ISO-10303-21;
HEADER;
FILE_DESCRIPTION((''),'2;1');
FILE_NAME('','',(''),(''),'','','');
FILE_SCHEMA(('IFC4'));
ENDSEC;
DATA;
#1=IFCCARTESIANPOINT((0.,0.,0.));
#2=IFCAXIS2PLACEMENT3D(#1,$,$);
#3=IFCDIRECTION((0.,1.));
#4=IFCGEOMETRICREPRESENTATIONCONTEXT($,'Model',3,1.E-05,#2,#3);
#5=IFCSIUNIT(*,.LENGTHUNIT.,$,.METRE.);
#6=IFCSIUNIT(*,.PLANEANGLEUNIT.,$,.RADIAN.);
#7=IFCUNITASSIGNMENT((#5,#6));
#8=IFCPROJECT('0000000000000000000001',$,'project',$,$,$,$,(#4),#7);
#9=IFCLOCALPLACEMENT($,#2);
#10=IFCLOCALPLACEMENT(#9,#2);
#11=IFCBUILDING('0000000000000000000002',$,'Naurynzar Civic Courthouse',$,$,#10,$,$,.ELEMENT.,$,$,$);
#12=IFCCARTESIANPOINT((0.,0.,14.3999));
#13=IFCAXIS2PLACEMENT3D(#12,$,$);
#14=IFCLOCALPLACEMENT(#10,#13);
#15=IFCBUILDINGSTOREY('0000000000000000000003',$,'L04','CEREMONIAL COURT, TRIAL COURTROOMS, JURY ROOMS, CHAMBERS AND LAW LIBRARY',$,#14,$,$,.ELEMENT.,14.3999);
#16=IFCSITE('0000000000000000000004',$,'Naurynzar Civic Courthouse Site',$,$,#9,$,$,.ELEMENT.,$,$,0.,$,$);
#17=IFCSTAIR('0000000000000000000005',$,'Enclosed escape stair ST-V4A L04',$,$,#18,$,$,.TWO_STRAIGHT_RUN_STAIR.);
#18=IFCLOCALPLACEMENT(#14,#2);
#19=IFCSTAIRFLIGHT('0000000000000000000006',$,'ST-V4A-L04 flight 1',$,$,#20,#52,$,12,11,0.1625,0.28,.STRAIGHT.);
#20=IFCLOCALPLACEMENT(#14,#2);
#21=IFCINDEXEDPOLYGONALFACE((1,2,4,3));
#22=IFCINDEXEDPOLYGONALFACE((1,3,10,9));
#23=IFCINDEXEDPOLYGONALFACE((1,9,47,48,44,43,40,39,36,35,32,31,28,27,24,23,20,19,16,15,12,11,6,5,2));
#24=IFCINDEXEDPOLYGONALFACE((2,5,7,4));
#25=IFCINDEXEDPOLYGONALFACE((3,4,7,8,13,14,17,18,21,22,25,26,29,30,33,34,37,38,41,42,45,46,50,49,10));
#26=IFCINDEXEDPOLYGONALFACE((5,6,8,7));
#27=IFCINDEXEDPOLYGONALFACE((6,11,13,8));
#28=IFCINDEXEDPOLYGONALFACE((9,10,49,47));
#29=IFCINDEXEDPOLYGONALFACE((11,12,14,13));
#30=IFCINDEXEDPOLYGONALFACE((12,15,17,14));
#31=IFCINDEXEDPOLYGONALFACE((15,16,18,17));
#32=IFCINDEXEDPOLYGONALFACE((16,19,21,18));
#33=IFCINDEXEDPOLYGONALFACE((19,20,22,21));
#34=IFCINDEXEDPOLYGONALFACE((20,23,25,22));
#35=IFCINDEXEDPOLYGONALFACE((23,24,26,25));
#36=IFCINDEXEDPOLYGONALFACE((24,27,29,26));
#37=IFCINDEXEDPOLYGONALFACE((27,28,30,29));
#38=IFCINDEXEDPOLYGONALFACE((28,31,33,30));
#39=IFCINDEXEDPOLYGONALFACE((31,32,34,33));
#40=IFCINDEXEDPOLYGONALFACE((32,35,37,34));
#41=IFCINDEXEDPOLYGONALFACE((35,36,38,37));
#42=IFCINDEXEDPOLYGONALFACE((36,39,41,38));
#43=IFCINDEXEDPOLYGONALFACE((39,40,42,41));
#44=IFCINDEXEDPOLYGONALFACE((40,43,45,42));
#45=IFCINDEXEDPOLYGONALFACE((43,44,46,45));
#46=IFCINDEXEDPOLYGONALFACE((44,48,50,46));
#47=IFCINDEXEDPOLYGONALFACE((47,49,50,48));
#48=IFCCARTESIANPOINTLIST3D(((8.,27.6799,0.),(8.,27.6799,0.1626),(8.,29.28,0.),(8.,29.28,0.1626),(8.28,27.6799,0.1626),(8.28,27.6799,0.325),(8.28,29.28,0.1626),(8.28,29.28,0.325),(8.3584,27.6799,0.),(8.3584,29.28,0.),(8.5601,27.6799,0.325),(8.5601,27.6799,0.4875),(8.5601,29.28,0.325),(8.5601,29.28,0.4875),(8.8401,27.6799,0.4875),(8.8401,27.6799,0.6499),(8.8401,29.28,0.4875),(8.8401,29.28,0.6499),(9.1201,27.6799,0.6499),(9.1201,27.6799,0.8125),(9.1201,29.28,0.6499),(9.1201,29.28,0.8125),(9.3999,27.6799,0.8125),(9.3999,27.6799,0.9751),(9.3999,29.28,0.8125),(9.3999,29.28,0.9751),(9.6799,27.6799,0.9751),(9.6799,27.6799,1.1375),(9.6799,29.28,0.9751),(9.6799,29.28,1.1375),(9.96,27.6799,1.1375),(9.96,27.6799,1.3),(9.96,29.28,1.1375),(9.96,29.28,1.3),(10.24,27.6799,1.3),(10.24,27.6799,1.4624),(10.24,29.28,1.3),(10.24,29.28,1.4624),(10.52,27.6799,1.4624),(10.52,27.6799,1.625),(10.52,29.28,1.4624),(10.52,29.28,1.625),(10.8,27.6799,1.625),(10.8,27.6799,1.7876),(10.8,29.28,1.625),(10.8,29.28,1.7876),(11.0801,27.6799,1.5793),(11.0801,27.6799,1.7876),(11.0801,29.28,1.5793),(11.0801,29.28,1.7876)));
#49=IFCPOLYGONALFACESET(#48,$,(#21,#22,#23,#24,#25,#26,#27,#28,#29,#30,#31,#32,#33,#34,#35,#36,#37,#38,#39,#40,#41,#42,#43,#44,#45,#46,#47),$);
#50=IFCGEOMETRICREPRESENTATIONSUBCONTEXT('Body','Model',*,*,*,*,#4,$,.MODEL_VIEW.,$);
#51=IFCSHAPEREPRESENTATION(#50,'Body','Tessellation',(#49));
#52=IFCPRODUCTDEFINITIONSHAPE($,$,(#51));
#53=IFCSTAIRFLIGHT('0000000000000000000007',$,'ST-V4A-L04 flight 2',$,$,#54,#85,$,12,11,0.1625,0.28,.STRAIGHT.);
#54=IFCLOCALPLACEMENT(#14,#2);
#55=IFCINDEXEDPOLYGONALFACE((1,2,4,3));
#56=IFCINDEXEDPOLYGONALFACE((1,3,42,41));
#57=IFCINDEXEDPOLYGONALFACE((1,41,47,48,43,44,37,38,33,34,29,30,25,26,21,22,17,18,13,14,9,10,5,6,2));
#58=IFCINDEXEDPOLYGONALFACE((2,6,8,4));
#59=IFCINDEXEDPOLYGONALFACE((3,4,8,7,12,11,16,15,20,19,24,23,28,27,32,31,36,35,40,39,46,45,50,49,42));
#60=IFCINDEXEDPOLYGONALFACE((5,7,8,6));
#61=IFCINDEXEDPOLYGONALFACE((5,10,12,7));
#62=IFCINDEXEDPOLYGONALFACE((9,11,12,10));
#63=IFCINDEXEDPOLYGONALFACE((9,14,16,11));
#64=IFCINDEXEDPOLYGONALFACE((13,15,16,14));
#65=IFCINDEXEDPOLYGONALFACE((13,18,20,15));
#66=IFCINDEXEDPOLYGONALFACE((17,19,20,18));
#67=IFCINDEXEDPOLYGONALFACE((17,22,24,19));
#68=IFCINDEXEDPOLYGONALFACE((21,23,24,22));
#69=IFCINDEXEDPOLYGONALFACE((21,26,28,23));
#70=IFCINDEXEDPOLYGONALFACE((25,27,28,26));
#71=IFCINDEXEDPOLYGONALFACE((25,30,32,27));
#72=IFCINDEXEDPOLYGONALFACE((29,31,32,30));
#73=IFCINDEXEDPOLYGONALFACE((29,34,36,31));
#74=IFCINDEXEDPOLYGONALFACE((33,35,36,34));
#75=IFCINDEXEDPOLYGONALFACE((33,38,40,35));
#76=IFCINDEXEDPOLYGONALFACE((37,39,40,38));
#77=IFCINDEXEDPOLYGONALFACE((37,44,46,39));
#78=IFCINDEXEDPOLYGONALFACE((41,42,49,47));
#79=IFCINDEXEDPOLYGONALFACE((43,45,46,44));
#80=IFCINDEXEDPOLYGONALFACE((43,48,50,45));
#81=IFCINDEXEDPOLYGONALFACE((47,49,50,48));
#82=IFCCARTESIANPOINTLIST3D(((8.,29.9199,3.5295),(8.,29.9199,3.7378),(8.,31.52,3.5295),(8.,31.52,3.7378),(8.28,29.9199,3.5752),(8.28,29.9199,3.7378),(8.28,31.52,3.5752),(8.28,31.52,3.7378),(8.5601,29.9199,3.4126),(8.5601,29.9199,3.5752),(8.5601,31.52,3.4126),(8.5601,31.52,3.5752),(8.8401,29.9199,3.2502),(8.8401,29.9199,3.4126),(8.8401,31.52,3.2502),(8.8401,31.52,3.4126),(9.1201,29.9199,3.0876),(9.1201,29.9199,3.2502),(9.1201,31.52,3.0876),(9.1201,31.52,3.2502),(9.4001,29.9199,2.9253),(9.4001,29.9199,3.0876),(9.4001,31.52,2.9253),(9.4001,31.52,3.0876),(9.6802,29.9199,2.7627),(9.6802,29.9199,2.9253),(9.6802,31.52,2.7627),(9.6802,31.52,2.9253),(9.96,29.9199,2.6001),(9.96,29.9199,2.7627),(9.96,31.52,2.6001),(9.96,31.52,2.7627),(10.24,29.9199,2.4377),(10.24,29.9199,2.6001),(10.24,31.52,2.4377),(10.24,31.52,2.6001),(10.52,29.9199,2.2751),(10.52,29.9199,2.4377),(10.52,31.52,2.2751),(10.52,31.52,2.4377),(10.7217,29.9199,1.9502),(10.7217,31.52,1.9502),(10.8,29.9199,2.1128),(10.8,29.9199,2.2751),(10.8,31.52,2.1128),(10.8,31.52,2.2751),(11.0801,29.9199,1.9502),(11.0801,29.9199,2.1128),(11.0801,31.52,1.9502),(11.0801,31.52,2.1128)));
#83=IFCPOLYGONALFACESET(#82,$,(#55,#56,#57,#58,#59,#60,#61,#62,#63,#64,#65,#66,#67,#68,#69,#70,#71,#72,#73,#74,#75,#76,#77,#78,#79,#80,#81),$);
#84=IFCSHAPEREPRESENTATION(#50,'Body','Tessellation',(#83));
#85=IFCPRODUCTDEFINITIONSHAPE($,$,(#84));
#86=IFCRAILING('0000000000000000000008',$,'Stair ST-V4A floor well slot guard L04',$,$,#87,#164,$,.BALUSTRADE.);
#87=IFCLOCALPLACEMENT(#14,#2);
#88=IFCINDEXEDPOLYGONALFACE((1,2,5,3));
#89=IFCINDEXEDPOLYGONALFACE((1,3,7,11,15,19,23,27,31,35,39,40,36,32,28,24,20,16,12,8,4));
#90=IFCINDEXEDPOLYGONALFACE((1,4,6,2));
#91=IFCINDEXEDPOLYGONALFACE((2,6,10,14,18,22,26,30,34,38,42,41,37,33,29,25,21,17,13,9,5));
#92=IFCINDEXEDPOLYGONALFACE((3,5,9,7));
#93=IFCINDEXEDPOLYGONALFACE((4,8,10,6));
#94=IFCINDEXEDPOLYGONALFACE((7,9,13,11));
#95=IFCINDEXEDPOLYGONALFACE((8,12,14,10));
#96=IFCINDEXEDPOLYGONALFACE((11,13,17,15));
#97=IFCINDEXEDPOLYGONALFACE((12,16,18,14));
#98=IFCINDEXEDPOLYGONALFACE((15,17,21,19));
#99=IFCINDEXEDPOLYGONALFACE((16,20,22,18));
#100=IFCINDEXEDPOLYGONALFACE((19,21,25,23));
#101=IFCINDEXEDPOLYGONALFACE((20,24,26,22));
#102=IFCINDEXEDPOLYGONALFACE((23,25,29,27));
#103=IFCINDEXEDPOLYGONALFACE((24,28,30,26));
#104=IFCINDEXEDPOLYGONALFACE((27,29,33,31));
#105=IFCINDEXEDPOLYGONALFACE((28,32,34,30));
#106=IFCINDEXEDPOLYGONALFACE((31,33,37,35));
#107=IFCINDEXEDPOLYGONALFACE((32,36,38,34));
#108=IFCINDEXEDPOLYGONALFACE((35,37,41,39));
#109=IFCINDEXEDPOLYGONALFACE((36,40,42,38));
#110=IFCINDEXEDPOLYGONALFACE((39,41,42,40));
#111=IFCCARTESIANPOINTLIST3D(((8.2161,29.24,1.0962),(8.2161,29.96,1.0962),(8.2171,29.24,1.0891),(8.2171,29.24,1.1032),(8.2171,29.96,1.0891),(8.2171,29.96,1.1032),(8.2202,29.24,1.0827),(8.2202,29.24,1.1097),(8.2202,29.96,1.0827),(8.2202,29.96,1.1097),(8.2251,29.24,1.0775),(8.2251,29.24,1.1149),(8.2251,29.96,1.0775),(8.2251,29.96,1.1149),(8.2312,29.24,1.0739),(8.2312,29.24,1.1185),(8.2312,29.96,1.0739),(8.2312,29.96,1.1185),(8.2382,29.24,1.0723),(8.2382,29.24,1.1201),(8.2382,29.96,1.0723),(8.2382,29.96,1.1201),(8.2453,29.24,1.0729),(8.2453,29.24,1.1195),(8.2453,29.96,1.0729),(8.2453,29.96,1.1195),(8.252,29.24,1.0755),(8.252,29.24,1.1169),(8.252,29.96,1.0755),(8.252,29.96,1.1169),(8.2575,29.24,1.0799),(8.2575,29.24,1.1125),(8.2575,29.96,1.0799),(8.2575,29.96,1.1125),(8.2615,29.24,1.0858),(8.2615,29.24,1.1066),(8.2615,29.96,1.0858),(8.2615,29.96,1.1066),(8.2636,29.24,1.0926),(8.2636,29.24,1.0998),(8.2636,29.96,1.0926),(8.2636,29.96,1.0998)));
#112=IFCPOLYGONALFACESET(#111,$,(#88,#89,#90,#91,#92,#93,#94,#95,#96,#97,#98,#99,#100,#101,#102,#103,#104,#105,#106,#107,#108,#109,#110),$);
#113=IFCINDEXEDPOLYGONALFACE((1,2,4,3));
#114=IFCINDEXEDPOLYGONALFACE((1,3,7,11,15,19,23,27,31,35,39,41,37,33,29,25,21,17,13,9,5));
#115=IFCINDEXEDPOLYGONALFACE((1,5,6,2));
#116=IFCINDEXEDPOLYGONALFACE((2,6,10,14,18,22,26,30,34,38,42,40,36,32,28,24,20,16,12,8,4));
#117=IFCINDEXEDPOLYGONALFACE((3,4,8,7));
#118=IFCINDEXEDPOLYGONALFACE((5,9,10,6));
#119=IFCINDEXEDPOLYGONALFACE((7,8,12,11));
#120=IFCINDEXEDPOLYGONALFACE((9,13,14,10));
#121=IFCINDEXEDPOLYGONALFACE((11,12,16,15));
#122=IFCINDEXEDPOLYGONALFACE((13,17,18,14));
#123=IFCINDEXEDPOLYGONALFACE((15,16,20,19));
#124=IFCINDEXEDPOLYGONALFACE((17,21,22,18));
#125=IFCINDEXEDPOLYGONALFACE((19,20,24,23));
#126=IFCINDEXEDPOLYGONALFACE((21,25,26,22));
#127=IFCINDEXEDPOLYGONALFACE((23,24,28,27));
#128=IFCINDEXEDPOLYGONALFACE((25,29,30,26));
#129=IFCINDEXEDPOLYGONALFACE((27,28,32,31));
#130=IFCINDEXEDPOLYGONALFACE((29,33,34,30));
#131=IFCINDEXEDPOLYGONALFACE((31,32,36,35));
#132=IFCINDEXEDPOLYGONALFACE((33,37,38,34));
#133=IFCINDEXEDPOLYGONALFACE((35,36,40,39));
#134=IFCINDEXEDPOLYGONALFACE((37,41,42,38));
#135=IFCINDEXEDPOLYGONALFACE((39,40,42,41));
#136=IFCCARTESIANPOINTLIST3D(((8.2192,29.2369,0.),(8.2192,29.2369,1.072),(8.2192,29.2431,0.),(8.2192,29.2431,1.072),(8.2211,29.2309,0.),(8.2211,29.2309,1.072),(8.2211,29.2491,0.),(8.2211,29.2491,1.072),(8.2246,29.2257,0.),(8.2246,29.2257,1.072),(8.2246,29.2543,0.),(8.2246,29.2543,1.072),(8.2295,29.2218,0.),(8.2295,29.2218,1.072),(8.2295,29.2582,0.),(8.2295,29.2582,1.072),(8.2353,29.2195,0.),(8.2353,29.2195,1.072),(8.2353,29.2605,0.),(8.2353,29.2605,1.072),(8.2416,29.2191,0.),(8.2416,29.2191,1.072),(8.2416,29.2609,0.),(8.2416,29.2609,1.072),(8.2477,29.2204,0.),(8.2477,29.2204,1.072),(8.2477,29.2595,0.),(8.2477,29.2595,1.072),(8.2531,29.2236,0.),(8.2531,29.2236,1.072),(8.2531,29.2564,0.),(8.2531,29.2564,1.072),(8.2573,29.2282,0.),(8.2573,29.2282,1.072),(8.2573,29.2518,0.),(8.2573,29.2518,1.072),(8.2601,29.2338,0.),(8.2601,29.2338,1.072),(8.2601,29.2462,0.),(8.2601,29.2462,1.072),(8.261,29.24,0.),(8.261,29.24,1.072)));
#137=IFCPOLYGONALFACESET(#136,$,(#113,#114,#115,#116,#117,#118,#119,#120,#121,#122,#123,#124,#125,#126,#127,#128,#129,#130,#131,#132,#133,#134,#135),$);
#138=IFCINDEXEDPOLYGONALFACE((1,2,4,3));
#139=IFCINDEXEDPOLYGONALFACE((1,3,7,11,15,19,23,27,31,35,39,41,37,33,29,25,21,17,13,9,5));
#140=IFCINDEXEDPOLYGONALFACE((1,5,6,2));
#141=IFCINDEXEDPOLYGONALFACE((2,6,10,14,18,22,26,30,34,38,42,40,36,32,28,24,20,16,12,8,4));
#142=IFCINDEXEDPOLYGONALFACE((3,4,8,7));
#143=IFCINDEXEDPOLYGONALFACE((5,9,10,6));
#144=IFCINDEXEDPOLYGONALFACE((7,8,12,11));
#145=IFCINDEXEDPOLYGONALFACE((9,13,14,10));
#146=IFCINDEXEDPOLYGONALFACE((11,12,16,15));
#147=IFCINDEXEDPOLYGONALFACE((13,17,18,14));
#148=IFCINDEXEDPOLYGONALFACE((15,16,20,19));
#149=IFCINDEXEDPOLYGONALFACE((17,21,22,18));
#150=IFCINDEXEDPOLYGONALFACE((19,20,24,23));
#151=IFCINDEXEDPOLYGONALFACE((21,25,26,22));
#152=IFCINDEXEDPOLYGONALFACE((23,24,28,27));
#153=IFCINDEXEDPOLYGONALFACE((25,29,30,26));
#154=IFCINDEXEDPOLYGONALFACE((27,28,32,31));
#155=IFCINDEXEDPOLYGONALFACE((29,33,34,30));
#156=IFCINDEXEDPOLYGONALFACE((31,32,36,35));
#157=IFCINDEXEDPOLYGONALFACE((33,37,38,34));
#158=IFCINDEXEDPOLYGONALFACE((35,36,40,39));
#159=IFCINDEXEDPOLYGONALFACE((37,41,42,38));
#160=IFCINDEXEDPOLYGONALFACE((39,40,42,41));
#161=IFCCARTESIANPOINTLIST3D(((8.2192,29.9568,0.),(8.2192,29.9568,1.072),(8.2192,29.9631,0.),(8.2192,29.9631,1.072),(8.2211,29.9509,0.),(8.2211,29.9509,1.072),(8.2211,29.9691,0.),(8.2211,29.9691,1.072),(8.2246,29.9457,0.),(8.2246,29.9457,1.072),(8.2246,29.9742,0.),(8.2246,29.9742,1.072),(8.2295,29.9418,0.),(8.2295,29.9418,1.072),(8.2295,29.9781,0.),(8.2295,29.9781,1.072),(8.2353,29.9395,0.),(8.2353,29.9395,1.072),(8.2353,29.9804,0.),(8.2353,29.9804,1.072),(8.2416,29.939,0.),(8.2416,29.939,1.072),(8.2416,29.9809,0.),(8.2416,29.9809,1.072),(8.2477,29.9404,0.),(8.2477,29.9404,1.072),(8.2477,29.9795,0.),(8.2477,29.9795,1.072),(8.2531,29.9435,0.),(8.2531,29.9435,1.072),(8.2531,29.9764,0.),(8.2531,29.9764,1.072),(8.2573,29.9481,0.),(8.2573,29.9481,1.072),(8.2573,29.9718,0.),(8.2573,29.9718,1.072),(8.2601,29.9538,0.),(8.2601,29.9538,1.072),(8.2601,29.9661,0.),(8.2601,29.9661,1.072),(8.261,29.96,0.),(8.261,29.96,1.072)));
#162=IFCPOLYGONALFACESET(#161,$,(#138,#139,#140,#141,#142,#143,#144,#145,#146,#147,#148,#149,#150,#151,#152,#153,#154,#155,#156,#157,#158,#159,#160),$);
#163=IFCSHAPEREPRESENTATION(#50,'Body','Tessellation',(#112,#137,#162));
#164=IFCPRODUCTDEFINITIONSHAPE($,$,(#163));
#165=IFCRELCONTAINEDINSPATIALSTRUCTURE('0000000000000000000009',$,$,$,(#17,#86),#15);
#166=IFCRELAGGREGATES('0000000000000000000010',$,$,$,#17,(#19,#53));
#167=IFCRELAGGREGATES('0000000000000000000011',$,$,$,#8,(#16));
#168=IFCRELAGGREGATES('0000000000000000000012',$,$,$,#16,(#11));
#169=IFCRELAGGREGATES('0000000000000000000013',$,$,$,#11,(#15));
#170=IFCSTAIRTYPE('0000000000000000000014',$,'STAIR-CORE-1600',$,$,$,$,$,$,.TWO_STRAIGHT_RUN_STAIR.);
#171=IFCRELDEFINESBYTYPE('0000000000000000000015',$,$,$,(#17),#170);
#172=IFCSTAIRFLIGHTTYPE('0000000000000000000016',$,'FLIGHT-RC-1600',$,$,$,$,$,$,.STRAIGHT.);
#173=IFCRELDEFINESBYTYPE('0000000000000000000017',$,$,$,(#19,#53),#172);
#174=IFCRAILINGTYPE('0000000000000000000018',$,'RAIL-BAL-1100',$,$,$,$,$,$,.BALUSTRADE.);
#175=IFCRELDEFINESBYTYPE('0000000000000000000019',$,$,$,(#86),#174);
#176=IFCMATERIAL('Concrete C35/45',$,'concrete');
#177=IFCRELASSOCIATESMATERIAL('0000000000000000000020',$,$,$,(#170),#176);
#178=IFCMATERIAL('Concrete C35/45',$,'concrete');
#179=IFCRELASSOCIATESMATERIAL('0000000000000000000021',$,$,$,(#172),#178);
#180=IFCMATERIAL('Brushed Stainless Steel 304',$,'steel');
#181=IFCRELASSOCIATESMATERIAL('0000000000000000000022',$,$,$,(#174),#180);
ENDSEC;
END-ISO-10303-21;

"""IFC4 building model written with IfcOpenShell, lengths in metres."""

from ifc_helpers import new_model, si_unit, direction, frame, origin, origin_2d, place, context, subcontext, project, spatial, polyline, circle, outline, extrude, material, type_object, element, aggregate, save


model = new_model("IFC4")

# Units and contexts
model_context = context("Model", 3, precision=1e-05, world=origin(), true_north=direction((0.0, 1.0)))
body_context = subcontext(model_context, "Body", "Model", "MODEL_VIEW")
ifc_project = project(units=[si_unit("LENGTHUNIT", "METRE"), si_unit("PLANEANGLEUNIT", "RADIAN")], contexts=[model_context])

# Site, building, storey
site_placement = place(None, origin())
site = spatial("IfcSite", under=ifc_project, at=site_placement, Name="Naurynzar Civic Courthouse Site", CompositionType="ELEMENT", RefElevation=0.0)
building_placement = place(site_placement, origin())
building = spatial("IfcBuilding", under=site, at=building_placement, Name="Naurynzar Civic Courthouse", CompositionType="ELEMENT")
storey_placement = place(building_placement, frame((0.0, 0.0, 14.3999)))
storey = spatial("IfcBuildingStorey", under=building, at=storey_placement, Name="L04", Description="CEREMONIAL COURT, TRIAL COURTROOMS, JURY ROOMS, CHAMBERS AND LAW LIBRARY", CompositionType="ELEMENT", Elevation=14.3999)

# Stair, stair flights
ifc_material_1 = material(Name="Concrete C35/45", Category="concrete")
stair_type = type_object("IfcStairType", Name="STAIR-CORE-1600", PredefinedType="TWO_STRAIGHT_RUN_STAIR", material=ifc_material_1)
stair_placement = place(storey_placement, origin())
stair = element("IfcStair", 1, at=stair_placement, inside=storey, type_object=stair_type, Name="Enclosed escape stair ST-V4A L04", PredefinedType="TWO_STRAIGHT_RUN_STAIR")
ifc_material_2 = material(Name="Concrete C35/45", Category="concrete")
stair_flight_type = type_object("IfcStairFlightType", Name="FLIGHT-RC-1600", PredefinedType="STRAIGHT", material=ifc_material_2)
stair_flight_1_placement = place(storey_placement, frame((8.0, 28.48, 0.0), z_axis=(0.0, 0.0, 1.0), x_axis=(1.0, 0.0, 0.0)))
stair_flight_1 = element("IfcStairFlight", 2, at=stair_flight_1_placement, type_object=stair_flight_type, Name="ST-V4A-L04 flight 1", NumberOfRisers=12, NumberOfTreads=11, PredefinedType="STRAIGHT", RiserHeight=0.1625, TreadLength=0.28, context=body_context, shape_type="SweptSolid", body=[
    extrude(outline(polyline([(0.0, 0.0), (0.0, 0.1626), (0.28, 0.1626), (0.28, 0.325), (0.5601, 0.325), (0.5601, 0.4875), (0.8401, 0.4875), (0.8401, 0.6499), (1.1201, 0.6499), (1.1201, 0.8125), (1.3999, 0.8125), (1.3999, 0.9751), (1.6799, 0.9751), (1.6799, 1.1375), (1.96, 1.1375), (1.96, 1.3), (2.24, 1.3), (2.24, 1.4624), (2.52, 1.4624), (2.52, 1.625), (2.8, 1.625), (2.8, 1.7876), (3.0801, 1.7876), (3.0801, 1.95), (3.0801, 1.5793), (0.3584, 0.0), (0.0, 0.0)])), frame((0.0, 0.8, 0.0), z_axis=(0.0, -1.0, 0.0), x_axis=(1.0, 0.0, 0.0)), (0.0, 0.0, 1.0), 1.6001),
])
stair_flight_2_placement = place(storey_placement, frame((11.0801, 30.72, 1.9502), z_axis=(0.0, 0.0, 1.0), x_axis=(-1.0, 0.0, 0.0)))
stair_flight_2 = element("IfcStairFlight", 3, at=stair_flight_2_placement, type_object=stair_flight_type, Name="ST-V4A-L04 flight 2", NumberOfRisers=12, NumberOfTreads=11, PredefinedType="STRAIGHT", RiserHeight=0.1625, TreadLength=0.28, context=body_context, shape_type="SweptSolid", body=[
    extrude(outline(polyline([(0.0, 0.0), (0.0, 0.1626), (0.28, 0.1626), (0.28, 0.325), (0.5601, 0.325), (0.5601, 0.4875), (0.8401, 0.4875), (0.8401, 0.6499), (1.1201, 0.6499), (1.1201, 0.8125), (1.3999, 0.8125), (1.3999, 0.9751), (1.6799, 0.9751), (1.6799, 1.1375), (1.96, 1.1375), (1.96, 1.3), (2.24, 1.3), (2.24, 1.4624), (2.52, 1.4624), (2.52, 1.625), (2.8, 1.625), (2.8, 1.7876), (3.0801, 1.7876), (3.0801, 1.95), (3.0801, 1.5793), (0.3584, 0.0), (0.0, 0.0)])), frame((0.0, 0.8, 0.0), z_axis=(0.0, -1.0, 0.0), x_axis=(1.0, 0.0, 0.0)), (0.0, 0.0, 1.0), 1.6001),
])
aggregate(stair, [stair_flight_1, stair_flight_2])

# Railing
ifc_material_3 = material(Name="Brushed Stainless Steel 304", Category="steel")
railing_type_1 = type_object("IfcRailingType", Name="RAIL-BAL-1100", PredefinedType="BALUSTRADE", material=ifc_material_3)
for number, where, name in (
    (4, (8.24, 29.24, 0.0), "Stair ST-V4A floor well slot guard L04"),
):
    element("IfcRailing", number, at=place(storey_placement, frame(where)), inside=storey, type_object=railing_type_1, Name=name, PredefinedType="BALUSTRADE", context=body_context, shape_type="SweptSolid", body=[
        extrude(circle(Radius=0.0239, at=origin_2d()), frame((0.0, 0.0, 1.0962), z_axis=(0.0, 1.0, 0.0), x_axis=(-1.0, 0.0, 0.0)), (0.0, 0.0, 1.0), 0.72),
        extrude(circle(Radius=0.021, at=origin_2d()), origin(), (0.0, 0.0, 1.0), 1.072),
        extrude(circle(Radius=0.021, at=origin_2d()), frame((0.0, 0.72, 0.0)), (0.0, 0.0, 1.0), 1.072),
    ])

save(model, "model.ifc")
